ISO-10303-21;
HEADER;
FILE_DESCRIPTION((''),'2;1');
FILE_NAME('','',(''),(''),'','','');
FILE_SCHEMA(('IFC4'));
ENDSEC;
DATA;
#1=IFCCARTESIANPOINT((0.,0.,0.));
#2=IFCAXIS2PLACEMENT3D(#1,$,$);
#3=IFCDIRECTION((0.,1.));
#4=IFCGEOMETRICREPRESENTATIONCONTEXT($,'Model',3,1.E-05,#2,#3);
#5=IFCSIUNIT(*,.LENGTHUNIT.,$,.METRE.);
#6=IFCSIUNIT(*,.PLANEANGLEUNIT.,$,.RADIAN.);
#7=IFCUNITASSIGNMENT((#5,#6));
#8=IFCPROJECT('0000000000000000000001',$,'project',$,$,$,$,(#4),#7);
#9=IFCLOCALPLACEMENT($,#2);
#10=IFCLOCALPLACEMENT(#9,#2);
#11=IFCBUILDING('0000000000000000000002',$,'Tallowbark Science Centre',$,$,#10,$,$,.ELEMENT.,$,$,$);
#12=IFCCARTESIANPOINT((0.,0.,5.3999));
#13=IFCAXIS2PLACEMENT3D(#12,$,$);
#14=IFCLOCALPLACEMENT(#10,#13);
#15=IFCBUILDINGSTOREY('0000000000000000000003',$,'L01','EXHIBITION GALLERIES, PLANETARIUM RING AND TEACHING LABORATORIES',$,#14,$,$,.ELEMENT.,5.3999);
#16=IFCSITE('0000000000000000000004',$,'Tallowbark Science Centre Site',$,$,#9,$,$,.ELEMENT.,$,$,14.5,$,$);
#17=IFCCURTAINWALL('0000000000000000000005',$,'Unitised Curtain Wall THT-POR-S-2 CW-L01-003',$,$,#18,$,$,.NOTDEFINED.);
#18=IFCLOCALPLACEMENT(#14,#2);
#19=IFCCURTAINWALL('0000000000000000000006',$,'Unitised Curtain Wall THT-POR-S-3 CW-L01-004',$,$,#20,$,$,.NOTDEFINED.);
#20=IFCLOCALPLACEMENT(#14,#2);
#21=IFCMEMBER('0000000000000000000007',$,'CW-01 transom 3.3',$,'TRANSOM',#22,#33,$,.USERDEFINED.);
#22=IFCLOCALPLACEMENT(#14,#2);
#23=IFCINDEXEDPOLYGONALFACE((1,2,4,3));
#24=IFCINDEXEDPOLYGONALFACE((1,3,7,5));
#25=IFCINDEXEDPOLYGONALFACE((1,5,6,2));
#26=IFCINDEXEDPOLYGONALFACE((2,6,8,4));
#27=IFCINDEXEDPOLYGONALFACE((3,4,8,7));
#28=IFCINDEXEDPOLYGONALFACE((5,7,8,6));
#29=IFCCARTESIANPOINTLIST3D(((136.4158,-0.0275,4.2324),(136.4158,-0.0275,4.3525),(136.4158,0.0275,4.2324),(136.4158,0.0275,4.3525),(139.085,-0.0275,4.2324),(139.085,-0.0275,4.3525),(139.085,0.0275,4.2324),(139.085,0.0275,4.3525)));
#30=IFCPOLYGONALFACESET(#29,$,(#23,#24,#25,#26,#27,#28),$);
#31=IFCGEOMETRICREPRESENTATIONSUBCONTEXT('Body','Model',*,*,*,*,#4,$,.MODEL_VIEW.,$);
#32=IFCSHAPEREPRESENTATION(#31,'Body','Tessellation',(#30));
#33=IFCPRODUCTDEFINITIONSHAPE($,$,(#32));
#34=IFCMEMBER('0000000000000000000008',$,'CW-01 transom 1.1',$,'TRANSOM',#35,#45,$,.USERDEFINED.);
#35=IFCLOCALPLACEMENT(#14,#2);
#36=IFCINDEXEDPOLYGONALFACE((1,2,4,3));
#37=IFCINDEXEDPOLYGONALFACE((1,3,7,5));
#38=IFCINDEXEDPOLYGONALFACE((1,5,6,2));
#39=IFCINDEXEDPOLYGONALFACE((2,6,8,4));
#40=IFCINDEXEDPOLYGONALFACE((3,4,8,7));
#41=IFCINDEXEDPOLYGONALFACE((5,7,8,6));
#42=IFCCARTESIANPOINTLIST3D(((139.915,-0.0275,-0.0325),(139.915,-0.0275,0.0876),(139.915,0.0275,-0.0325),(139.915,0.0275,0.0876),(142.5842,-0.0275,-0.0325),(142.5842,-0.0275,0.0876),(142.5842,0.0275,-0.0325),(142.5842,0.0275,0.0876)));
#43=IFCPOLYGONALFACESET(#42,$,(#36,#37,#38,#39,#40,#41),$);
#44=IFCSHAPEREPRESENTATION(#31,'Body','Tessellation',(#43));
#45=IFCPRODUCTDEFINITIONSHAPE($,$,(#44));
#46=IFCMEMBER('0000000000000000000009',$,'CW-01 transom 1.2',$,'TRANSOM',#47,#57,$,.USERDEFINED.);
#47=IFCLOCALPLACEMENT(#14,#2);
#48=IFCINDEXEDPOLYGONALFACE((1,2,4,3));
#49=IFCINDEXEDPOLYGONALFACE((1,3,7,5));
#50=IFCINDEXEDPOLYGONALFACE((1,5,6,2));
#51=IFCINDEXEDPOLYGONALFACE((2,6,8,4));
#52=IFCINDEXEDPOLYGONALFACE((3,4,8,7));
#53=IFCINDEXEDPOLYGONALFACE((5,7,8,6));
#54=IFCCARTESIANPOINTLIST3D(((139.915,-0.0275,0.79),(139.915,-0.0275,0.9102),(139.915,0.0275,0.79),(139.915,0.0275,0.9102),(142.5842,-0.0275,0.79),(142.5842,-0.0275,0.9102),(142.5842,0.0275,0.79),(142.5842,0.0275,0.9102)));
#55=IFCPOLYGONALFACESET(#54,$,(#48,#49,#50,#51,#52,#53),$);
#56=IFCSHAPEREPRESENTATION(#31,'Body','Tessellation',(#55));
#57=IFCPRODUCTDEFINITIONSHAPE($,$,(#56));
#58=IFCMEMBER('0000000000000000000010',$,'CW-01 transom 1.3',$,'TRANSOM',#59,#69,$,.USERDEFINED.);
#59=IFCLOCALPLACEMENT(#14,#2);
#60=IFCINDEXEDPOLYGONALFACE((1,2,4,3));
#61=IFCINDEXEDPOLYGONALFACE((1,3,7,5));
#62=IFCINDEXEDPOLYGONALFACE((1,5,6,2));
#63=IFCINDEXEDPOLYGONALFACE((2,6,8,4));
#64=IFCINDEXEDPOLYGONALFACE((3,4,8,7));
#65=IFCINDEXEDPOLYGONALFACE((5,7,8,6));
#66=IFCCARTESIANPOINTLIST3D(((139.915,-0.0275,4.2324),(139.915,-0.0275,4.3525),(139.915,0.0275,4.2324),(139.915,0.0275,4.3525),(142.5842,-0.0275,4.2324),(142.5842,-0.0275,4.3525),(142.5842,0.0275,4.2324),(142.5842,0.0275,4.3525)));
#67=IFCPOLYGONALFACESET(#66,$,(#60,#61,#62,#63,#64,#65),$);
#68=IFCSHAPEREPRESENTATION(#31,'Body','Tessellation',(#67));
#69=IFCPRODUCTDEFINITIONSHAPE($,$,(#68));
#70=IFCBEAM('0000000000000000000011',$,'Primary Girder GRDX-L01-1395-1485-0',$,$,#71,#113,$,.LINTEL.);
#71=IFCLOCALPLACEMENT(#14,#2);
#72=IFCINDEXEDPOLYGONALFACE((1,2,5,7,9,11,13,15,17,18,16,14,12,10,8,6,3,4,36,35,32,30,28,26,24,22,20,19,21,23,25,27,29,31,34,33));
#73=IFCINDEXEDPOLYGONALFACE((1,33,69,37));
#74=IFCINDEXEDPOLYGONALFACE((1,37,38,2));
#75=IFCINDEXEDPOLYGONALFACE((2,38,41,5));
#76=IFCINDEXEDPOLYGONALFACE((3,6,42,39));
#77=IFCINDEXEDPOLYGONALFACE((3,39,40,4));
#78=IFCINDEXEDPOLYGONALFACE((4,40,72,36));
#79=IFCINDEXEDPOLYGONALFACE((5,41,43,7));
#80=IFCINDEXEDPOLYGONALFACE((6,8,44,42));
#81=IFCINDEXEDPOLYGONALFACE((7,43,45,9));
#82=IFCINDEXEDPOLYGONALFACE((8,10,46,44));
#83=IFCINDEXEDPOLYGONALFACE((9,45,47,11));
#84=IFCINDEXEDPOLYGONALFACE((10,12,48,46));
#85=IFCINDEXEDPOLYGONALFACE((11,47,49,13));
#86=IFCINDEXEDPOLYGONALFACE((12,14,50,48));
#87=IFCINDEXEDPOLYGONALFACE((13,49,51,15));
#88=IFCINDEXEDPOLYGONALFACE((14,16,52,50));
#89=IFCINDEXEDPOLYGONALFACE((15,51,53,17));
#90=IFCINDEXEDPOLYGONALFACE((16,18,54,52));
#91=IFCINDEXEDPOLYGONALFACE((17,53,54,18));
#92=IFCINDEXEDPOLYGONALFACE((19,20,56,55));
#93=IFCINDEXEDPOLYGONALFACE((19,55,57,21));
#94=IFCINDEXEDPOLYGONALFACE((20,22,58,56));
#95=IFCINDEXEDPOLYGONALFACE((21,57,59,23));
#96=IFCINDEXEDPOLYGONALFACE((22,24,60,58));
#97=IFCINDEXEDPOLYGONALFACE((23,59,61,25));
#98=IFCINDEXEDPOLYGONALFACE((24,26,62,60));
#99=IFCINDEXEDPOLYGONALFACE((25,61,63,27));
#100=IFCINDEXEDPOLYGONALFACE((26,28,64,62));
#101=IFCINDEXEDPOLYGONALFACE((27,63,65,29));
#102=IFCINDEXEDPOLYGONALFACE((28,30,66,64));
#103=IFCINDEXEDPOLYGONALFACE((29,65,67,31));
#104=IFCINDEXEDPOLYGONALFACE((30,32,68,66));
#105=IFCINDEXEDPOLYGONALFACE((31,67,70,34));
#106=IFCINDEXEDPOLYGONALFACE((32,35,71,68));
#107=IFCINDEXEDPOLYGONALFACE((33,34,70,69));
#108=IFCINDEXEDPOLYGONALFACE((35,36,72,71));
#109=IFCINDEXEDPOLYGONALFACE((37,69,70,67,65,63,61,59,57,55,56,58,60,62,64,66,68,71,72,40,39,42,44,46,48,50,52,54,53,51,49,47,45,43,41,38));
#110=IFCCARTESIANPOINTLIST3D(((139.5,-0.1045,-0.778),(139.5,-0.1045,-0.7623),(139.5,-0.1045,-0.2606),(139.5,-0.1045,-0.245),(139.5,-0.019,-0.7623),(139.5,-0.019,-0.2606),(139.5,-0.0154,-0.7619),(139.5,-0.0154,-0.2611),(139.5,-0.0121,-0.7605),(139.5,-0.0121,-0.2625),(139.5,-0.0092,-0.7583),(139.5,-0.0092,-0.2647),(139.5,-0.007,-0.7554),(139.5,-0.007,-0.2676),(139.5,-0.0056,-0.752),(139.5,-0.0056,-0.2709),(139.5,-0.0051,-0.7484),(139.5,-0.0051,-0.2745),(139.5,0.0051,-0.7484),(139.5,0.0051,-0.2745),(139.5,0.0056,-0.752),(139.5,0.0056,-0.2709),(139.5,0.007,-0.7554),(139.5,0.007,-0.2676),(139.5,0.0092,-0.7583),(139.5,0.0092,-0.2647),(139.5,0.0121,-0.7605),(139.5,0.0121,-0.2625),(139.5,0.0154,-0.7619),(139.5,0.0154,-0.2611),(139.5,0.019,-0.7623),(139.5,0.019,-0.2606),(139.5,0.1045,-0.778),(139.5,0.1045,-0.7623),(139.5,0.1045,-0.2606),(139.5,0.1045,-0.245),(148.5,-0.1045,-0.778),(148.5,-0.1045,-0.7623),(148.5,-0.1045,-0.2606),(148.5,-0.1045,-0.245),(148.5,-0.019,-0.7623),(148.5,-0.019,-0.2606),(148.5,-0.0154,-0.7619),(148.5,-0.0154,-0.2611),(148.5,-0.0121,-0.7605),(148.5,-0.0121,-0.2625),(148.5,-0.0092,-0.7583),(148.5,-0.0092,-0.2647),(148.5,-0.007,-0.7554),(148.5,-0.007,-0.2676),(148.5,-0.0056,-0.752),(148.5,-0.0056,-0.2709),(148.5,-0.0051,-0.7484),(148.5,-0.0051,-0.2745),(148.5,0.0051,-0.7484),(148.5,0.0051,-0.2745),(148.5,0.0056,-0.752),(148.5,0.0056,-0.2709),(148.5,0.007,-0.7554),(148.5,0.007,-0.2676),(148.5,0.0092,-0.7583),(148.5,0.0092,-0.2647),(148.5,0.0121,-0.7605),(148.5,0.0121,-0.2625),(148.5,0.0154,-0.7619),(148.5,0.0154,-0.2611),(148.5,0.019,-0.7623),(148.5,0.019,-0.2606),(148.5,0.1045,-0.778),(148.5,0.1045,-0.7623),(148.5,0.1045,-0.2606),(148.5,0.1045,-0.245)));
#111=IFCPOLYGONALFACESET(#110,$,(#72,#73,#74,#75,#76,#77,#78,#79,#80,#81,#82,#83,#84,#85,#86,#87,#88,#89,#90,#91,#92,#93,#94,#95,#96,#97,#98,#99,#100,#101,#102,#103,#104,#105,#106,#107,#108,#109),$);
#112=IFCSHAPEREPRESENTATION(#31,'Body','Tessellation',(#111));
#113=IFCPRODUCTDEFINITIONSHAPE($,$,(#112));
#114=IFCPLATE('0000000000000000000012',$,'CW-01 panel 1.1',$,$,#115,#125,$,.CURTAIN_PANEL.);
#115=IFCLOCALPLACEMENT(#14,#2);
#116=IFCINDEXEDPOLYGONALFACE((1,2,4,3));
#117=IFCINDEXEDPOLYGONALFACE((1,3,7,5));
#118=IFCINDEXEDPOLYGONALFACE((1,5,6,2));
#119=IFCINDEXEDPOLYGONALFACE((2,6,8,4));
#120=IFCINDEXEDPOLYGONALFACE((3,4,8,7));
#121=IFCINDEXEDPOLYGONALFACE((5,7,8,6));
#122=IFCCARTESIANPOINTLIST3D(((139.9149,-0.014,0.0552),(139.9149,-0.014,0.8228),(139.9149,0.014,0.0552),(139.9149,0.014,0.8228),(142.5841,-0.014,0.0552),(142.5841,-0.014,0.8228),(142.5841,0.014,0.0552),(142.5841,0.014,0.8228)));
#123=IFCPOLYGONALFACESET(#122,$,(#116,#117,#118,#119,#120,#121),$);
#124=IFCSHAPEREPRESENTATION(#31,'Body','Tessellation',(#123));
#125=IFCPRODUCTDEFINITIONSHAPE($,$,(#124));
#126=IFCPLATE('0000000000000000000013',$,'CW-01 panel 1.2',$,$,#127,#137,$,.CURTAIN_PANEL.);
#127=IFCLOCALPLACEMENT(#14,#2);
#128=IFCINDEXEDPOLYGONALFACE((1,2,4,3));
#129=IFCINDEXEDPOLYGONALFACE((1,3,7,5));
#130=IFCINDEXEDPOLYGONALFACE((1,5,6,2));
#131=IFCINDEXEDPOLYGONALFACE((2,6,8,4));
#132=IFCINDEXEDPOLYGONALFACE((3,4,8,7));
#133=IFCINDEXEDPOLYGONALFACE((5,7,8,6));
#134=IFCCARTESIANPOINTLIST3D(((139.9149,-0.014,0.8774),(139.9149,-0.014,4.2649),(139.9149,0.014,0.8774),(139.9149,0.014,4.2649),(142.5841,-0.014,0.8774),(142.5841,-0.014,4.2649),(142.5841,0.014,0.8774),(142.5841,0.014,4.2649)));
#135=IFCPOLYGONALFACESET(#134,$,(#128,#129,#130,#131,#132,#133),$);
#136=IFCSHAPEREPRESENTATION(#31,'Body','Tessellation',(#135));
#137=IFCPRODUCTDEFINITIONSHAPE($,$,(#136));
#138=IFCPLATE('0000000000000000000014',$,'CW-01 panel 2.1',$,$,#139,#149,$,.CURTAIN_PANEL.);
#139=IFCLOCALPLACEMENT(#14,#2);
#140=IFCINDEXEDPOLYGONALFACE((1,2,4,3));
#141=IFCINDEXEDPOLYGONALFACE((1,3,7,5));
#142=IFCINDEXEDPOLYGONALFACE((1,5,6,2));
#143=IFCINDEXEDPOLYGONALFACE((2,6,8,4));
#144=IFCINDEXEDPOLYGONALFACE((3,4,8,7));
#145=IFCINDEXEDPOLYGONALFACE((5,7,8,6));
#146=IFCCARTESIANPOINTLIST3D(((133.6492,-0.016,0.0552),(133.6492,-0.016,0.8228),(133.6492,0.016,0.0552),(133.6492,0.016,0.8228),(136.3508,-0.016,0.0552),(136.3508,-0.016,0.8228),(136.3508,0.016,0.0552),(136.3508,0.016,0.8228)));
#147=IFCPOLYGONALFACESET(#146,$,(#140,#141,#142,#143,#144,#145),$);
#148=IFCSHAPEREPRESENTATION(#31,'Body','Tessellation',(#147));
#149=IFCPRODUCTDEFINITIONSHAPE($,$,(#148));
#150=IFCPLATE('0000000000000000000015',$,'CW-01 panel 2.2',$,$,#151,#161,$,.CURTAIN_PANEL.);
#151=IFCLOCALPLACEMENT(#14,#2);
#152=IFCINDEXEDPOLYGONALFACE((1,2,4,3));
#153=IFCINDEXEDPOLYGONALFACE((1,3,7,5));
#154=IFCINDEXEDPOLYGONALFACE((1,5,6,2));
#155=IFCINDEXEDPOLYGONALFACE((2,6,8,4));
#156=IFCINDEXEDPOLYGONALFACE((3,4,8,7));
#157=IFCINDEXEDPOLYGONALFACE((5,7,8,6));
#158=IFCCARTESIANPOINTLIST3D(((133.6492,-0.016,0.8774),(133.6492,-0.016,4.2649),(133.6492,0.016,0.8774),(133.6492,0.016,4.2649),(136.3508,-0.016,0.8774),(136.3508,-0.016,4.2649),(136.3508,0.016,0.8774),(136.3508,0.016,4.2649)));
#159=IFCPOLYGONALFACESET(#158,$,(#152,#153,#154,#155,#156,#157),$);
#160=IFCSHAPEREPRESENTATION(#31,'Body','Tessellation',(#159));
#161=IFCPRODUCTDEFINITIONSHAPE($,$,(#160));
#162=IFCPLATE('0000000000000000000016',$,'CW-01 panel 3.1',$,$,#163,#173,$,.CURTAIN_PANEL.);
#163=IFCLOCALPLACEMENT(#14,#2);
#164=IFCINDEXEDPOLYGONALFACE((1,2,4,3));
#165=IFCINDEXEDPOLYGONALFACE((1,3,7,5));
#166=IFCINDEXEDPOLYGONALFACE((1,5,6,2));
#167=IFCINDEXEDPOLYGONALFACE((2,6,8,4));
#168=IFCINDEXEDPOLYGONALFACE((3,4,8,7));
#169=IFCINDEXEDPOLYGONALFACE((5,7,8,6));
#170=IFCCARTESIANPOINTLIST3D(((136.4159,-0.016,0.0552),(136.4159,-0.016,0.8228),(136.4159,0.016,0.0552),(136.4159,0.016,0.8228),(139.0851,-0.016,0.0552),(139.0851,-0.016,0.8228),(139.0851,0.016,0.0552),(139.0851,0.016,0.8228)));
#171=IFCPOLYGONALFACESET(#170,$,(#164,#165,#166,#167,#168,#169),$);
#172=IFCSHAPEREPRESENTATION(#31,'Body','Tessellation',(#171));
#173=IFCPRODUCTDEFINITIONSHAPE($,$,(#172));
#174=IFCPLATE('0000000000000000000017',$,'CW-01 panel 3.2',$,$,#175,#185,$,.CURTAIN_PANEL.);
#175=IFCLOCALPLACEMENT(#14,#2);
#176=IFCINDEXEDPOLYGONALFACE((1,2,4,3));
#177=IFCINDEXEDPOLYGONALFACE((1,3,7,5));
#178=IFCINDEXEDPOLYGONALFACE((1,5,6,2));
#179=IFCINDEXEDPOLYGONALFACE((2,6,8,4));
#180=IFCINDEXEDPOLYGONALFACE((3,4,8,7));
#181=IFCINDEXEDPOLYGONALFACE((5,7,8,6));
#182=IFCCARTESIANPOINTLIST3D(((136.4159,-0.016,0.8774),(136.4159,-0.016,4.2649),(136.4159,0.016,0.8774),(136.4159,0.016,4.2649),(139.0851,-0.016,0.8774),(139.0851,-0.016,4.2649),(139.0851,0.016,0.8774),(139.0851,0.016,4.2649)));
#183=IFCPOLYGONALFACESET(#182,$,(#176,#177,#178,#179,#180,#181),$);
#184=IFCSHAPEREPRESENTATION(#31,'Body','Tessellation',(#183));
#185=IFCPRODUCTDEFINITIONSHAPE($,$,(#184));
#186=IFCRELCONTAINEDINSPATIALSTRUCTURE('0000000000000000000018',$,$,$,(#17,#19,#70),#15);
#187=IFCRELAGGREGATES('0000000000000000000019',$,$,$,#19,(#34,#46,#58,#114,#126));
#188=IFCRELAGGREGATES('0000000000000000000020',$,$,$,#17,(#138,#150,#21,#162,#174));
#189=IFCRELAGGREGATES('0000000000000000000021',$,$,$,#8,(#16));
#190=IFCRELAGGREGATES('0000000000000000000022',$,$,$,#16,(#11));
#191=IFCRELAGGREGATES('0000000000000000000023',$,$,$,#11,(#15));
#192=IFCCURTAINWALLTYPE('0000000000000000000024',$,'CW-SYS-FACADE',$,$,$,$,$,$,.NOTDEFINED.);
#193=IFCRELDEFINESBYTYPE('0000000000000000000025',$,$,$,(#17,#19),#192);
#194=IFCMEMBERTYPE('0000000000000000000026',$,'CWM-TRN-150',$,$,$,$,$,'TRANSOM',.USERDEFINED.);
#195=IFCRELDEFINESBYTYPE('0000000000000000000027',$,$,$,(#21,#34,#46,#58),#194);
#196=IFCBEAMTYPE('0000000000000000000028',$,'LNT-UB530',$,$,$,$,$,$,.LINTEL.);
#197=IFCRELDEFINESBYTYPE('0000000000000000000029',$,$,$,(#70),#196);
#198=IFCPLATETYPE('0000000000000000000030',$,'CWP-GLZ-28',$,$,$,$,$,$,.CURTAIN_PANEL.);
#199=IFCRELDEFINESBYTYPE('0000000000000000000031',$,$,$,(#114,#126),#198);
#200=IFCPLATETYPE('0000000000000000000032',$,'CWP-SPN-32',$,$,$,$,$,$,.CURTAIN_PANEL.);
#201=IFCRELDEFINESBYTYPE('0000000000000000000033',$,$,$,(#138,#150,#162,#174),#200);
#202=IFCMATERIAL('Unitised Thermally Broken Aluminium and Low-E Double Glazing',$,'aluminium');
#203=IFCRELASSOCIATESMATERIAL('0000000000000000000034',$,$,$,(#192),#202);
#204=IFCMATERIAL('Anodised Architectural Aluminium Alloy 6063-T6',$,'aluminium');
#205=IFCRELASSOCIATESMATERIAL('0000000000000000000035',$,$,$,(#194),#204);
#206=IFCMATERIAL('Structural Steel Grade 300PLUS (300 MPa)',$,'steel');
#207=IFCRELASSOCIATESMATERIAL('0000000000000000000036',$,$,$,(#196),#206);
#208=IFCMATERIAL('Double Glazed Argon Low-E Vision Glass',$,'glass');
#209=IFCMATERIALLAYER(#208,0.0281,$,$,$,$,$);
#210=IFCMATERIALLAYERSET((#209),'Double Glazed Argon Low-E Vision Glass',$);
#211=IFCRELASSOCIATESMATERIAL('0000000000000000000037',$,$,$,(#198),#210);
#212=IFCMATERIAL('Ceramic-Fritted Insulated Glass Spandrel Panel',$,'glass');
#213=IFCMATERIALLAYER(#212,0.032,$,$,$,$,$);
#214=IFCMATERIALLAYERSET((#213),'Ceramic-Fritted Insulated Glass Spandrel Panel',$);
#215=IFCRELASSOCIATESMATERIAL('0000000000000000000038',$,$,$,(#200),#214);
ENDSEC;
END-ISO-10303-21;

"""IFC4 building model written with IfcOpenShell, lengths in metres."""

from ifc_helpers import new_model, si_unit, direction, frame, origin, origin_2d, place, context, subcontext, project, spatial, rectangle, i_section, extrude, material, layer, layer_set, material_profile, profile_set, type_object, element, aggregate, save


model = new_model("IFC4")

# Units and contexts
model_context = context("Model", 3, precision=1e-05, world=origin(), true_north=direction((0.0, 1.0)))
body_context = subcontext(model_context, "Body", "Model", "MODEL_VIEW")
ifc_project = project(units=[si_unit("LENGTHUNIT", "METRE"), si_unit("PLANEANGLEUNIT", "RADIAN")], contexts=[model_context])

# Site, building, storey
site_placement = place(None, origin())
site = spatial("IfcSite", under=ifc_project, at=site_placement, Name="Tallowbark Science Centre Site", CompositionType="ELEMENT", RefElevation=14.5)
building_placement = place(site_placement, origin())
building = spatial("IfcBuilding", under=site, at=building_placement, Name="Tallowbark Science Centre", CompositionType="ELEMENT")
storey_placement = place(building_placement, frame((0.0, 0.0, 5.3999)))
storey = spatial("IfcBuildingStorey", under=building, at=storey_placement, Name="L01", Description="EXHIBITION GALLERIES, PLANETARIUM RING AND TEACHING LABORATORIES", CompositionType="ELEMENT", Elevation=5.3999)

# Shared definitions
ifc_material_1 = material(Name="Structural Steel Grade 300PLUS (300 MPa)", Category="steel")

# Curtain wall
ifc_material_2 = material(Name="Unitised Thermally Broken Aluminium and Low-E Double Glazing", Category="aluminium")
curtain_wall_type = type_object("IfcCurtainWallType", Name="CW-SYS-FACADE", PredefinedType="NOTDEFINED", material=ifc_material_2)
curtain_wall_1_placement = place(storey_placement, origin())
curtain_wall_1 = element("IfcCurtainWall", 1, at=curtain_wall_1_placement, inside=storey, type_object=curtain_wall_type, Name="Unitised Curtain Wall THT-POR-S-2 CW-L01-003", PredefinedType="NOTDEFINED")
ifc_material_3 = material(Name="Anodised Architectural Aluminium Alloy 6063-T6", Category="aluminium")

# Curtain wall
curtain_wall_2_placement = place(storey_placement, origin())
curtain_wall_2 = element("IfcCurtainWall", 2, at=curtain_wall_2_placement, inside=storey, type_object=curtain_wall_type, Name="Unitised Curtain Wall THT-POR-S-3 CW-L01-004", PredefinedType="NOTDEFINED")

# Members
ifc_material_profile_1 = material_profile(ifc_material_3, rectangle(XDim=0.0549, YDim=0.1201, at=origin_2d()), Name="ALU55x120")
ifc_profile_set_1 = profile_set([ifc_material_profile_1], Name="Anodised Architectural Aluminium Alloy 6063-T6")
member_type_1 = type_object("IfcMemberType", Name="CWM-TRN-150", ElementType="TRANSOM", PredefinedType="USERDEFINED", material=ifc_profile_set_1)
member_1_placement = place(storey_placement, frame((136.4158, 0.0, 4.2925), z_axis=(1.0, 0.0, 0.0), x_axis=(0.0, 1.0, 0.0)))
member_1 = element("IfcMember", 3, at=member_1_placement, type_object=member_type_1, Name="CW-01 transom 3.3", ObjectType="TRANSOM", PredefinedType="USERDEFINED", context=body_context, shape_type="SweptSolid", body=[
    extrude(rectangle(XDim=0.0549, YDim=0.1201, at=origin_2d()), origin(), (0.0, 0.0, 1.0), 2.6692),
])
member_2_placement = place(storey_placement, frame((139.915, 0.0, 0.0276), z_axis=(1.0, 0.0, 0.0), x_axis=(0.0, 1.0, 0.0)))
member_2 = element("IfcMember", 4, at=member_2_placement, type_object=member_type_1, Name="CW-01 transom 1.1", ObjectType="TRANSOM", PredefinedType="USERDEFINED", context=body_context, shape_type="SweptSolid", body=[
    extrude(rectangle(XDim=0.0549, YDim=0.1201, at=origin_2d()), origin(), (0.0, 0.0, 1.0), 2.6692),
])
member_3_placement = place(storey_placement, frame((139.915, 0.0, 0.8501), z_axis=(1.0, 0.0, 0.0), x_axis=(0.0, 1.0, 0.0)))
member_3 = element("IfcMember", 5, at=member_3_placement, type_object=member_type_1, Name="CW-01 transom 1.2", ObjectType="TRANSOM", PredefinedType="USERDEFINED", context=body_context, shape_type="SweptSolid", body=[
    extrude(rectangle(XDim=0.0549, YDim=0.1201, at=origin_2d()), origin(), (0.0, 0.0, 1.0), 2.6692),
])
member_4_placement = place(storey_placement, frame((139.915, 0.0, 4.2925), z_axis=(1.0, 0.0, 0.0), x_axis=(0.0, 1.0, 0.0)))
member_4 = element("IfcMember", 6, at=member_4_placement, type_object=member_type_1, Name="CW-01 transom 1.3", ObjectType="TRANSOM", PredefinedType="USERDEFINED", context=body_context, shape_type="SweptSolid", body=[
    extrude(rectangle(XDim=0.0549, YDim=0.1201, at=origin_2d()), origin(), (0.0, 0.0, 1.0), 2.6692),
])

# Beam
ifc_material_profile_2 = material_profile(ifc_material_1, i_section(OverallWidth=0.209, OverallDepth=0.533, WebThickness=0.0103, FlangeThickness=0.0156, FilletRadius=0.0139, at=origin_2d()), Name="530UB92.4")
ifc_profile_set_2 = profile_set([ifc_material_profile_2], Name="Structural Steel Grade 300PLUS (300 MPa)")
beam_type_1 = type_object("IfcBeamType", Name="LNT-UB530", PredefinedType="LINTEL", material=ifc_profile_set_2)
beam_1_placement = place(storey_placement, frame((139.5, 0.0, -0.5115), z_axis=(1.0, 0.0, 0.0), x_axis=(0.0, 1.0, 0.0)))
element("IfcBeam", 7, at=beam_1_placement, inside=storey, type_object=beam_type_1, Name="Primary Girder GRDX-L01-1395-1485-0", PredefinedType="LINTEL", context=body_context, shape_type="SweptSolid", body=[
    extrude(i_section(OverallWidth=0.209, OverallDepth=0.533, WebThickness=0.0103, FlangeThickness=0.0156, FilletRadius=0.0139, at=origin_2d()), origin(), (0.0, 0.0, 1.0), 9.0),
])

# Plates
ifc_material_4 = material(Name="Double Glazed Argon Low-E Vision Glass", Category="glass")
ifc_layer_1 = layer(ifc_material_4, 0.0281)
ifc_layer_set_1 = layer_set([ifc_layer_1], Name="Double Glazed Argon Low-E Vision Glass")
plate_type_1 = type_object("IfcPlateType", Name="CWP-GLZ-28", PredefinedType="CURTAIN_PANEL", material=ifc_layer_set_1)
plate_1_placement = place(storey_placement, frame((141.2495, 0.0, 0.0552), z_axis=(0.0, 0.0, 1.0), x_axis=(1.0, 0.0, 0.0)))
plate_1 = element("IfcPlate", 8, at=plate_1_placement, type_object=plate_type_1, Name="CW-01 panel 1.1", PredefinedType="CURTAIN_PANEL", context=body_context, shape_type="SweptSolid", body=[
    extrude(rectangle(XDim=2.6692, YDim=0.0281, at=origin_2d()), origin(), (0.0, 0.0, 1.0), 0.7676),
])
plate_2_placement = place(storey_placement, frame((141.2495, 0.0, 0.8774), z_axis=(0.0, 0.0, 1.0), x_axis=(1.0, 0.0, 0.0)))
plate_2 = element("IfcPlate", 9, at=plate_2_placement, type_object=plate_type_1, Name="CW-01 panel 1.2", PredefinedType="CURTAIN_PANEL", context=body_context, shape_type="SweptSolid", body=[
    extrude(rectangle(XDim=2.6692, YDim=0.0281, at=origin_2d()), origin(), (0.0, 0.0, 1.0), 3.3875),
])
aggregate(curtain_wall_2, [member_2, member_3, member_4, plate_1, plate_2])
ifc_material_5 = material(Name="Ceramic-Fritted Insulated Glass Spandrel Panel", Category="glass")
ifc_layer_2 = layer(ifc_material_5, 0.032)
ifc_layer_set_2 = layer_set([ifc_layer_2], Name="Ceramic-Fritted Insulated Glass Spandrel Panel")
plate_type_2 = type_object("IfcPlateType", Name="CWP-SPN-32", PredefinedType="CURTAIN_PANEL", material=ifc_layer_set_2)
plate_3_placement = place(storey_placement, frame((135.0, 0.0, 0.0552), z_axis=(0.0, 0.0, 1.0), x_axis=(1.0, 0.0, 0.0)))
plate_3 = element("IfcPlate", 10, at=plate_3_placement, type_object=plate_type_2, Name="CW-01 panel 2.1", PredefinedType="CURTAIN_PANEL", context=body_context, shape_type="SweptSolid", body=[
    extrude(rectangle(XDim=2.7017, YDim=0.032, at=origin_2d()), origin(), (0.0, 0.0, 1.0), 0.7676),
])
plate_4_placement = place(storey_placement, frame((135.0, 0.0, 0.8774), z_axis=(0.0, 0.0, 1.0), x_axis=(1.0, 0.0, 0.0)))
plate_4 = element("IfcPlate", 11, at=plate_4_placement, type_object=plate_type_2, Name="CW-01 panel 2.2", PredefinedType="CURTAIN_PANEL", context=body_context, shape_type="SweptSolid", body=[
    extrude(rectangle(XDim=2.7017, YDim=0.032, at=origin_2d()), origin(), (0.0, 0.0, 1.0), 3.3875),
])
plate_5_placement = place(storey_placement, frame((137.7505, 0.0, 0.0552), z_axis=(0.0, 0.0, 1.0), x_axis=(1.0, 0.0, 0.0)))
plate_5 = element("IfcPlate", 12, at=plate_5_placement, type_object=plate_type_2, Name="CW-01 panel 3.1", PredefinedType="CURTAIN_PANEL", context=body_context, shape_type="SweptSolid", body=[
    extrude(rectangle(XDim=2.6692, YDim=0.032, at=origin_2d()), origin(), (0.0, 0.0, 1.0), 0.7676),
])
plate_6_placement = place(storey_placement, frame((137.7505, 0.0, 0.8774), z_axis=(0.0, 0.0, 1.0), x_axis=(1.0, 0.0, 0.0)))
plate_6 = element("IfcPlate", 13, at=plate_6_placement, type_object=plate_type_2, Name="CW-01 panel 3.2", PredefinedType="CURTAIN_PANEL", context=body_context, shape_type="SweptSolid", body=[
    extrude(rectangle(XDim=2.6692, YDim=0.032, at=origin_2d()), origin(), (0.0, 0.0, 1.0), 3.3875),
])
aggregate(curtain_wall_1, [plate_3, plate_4, member_1, plate_5, plate_6])

save(model, "model.ifc")
